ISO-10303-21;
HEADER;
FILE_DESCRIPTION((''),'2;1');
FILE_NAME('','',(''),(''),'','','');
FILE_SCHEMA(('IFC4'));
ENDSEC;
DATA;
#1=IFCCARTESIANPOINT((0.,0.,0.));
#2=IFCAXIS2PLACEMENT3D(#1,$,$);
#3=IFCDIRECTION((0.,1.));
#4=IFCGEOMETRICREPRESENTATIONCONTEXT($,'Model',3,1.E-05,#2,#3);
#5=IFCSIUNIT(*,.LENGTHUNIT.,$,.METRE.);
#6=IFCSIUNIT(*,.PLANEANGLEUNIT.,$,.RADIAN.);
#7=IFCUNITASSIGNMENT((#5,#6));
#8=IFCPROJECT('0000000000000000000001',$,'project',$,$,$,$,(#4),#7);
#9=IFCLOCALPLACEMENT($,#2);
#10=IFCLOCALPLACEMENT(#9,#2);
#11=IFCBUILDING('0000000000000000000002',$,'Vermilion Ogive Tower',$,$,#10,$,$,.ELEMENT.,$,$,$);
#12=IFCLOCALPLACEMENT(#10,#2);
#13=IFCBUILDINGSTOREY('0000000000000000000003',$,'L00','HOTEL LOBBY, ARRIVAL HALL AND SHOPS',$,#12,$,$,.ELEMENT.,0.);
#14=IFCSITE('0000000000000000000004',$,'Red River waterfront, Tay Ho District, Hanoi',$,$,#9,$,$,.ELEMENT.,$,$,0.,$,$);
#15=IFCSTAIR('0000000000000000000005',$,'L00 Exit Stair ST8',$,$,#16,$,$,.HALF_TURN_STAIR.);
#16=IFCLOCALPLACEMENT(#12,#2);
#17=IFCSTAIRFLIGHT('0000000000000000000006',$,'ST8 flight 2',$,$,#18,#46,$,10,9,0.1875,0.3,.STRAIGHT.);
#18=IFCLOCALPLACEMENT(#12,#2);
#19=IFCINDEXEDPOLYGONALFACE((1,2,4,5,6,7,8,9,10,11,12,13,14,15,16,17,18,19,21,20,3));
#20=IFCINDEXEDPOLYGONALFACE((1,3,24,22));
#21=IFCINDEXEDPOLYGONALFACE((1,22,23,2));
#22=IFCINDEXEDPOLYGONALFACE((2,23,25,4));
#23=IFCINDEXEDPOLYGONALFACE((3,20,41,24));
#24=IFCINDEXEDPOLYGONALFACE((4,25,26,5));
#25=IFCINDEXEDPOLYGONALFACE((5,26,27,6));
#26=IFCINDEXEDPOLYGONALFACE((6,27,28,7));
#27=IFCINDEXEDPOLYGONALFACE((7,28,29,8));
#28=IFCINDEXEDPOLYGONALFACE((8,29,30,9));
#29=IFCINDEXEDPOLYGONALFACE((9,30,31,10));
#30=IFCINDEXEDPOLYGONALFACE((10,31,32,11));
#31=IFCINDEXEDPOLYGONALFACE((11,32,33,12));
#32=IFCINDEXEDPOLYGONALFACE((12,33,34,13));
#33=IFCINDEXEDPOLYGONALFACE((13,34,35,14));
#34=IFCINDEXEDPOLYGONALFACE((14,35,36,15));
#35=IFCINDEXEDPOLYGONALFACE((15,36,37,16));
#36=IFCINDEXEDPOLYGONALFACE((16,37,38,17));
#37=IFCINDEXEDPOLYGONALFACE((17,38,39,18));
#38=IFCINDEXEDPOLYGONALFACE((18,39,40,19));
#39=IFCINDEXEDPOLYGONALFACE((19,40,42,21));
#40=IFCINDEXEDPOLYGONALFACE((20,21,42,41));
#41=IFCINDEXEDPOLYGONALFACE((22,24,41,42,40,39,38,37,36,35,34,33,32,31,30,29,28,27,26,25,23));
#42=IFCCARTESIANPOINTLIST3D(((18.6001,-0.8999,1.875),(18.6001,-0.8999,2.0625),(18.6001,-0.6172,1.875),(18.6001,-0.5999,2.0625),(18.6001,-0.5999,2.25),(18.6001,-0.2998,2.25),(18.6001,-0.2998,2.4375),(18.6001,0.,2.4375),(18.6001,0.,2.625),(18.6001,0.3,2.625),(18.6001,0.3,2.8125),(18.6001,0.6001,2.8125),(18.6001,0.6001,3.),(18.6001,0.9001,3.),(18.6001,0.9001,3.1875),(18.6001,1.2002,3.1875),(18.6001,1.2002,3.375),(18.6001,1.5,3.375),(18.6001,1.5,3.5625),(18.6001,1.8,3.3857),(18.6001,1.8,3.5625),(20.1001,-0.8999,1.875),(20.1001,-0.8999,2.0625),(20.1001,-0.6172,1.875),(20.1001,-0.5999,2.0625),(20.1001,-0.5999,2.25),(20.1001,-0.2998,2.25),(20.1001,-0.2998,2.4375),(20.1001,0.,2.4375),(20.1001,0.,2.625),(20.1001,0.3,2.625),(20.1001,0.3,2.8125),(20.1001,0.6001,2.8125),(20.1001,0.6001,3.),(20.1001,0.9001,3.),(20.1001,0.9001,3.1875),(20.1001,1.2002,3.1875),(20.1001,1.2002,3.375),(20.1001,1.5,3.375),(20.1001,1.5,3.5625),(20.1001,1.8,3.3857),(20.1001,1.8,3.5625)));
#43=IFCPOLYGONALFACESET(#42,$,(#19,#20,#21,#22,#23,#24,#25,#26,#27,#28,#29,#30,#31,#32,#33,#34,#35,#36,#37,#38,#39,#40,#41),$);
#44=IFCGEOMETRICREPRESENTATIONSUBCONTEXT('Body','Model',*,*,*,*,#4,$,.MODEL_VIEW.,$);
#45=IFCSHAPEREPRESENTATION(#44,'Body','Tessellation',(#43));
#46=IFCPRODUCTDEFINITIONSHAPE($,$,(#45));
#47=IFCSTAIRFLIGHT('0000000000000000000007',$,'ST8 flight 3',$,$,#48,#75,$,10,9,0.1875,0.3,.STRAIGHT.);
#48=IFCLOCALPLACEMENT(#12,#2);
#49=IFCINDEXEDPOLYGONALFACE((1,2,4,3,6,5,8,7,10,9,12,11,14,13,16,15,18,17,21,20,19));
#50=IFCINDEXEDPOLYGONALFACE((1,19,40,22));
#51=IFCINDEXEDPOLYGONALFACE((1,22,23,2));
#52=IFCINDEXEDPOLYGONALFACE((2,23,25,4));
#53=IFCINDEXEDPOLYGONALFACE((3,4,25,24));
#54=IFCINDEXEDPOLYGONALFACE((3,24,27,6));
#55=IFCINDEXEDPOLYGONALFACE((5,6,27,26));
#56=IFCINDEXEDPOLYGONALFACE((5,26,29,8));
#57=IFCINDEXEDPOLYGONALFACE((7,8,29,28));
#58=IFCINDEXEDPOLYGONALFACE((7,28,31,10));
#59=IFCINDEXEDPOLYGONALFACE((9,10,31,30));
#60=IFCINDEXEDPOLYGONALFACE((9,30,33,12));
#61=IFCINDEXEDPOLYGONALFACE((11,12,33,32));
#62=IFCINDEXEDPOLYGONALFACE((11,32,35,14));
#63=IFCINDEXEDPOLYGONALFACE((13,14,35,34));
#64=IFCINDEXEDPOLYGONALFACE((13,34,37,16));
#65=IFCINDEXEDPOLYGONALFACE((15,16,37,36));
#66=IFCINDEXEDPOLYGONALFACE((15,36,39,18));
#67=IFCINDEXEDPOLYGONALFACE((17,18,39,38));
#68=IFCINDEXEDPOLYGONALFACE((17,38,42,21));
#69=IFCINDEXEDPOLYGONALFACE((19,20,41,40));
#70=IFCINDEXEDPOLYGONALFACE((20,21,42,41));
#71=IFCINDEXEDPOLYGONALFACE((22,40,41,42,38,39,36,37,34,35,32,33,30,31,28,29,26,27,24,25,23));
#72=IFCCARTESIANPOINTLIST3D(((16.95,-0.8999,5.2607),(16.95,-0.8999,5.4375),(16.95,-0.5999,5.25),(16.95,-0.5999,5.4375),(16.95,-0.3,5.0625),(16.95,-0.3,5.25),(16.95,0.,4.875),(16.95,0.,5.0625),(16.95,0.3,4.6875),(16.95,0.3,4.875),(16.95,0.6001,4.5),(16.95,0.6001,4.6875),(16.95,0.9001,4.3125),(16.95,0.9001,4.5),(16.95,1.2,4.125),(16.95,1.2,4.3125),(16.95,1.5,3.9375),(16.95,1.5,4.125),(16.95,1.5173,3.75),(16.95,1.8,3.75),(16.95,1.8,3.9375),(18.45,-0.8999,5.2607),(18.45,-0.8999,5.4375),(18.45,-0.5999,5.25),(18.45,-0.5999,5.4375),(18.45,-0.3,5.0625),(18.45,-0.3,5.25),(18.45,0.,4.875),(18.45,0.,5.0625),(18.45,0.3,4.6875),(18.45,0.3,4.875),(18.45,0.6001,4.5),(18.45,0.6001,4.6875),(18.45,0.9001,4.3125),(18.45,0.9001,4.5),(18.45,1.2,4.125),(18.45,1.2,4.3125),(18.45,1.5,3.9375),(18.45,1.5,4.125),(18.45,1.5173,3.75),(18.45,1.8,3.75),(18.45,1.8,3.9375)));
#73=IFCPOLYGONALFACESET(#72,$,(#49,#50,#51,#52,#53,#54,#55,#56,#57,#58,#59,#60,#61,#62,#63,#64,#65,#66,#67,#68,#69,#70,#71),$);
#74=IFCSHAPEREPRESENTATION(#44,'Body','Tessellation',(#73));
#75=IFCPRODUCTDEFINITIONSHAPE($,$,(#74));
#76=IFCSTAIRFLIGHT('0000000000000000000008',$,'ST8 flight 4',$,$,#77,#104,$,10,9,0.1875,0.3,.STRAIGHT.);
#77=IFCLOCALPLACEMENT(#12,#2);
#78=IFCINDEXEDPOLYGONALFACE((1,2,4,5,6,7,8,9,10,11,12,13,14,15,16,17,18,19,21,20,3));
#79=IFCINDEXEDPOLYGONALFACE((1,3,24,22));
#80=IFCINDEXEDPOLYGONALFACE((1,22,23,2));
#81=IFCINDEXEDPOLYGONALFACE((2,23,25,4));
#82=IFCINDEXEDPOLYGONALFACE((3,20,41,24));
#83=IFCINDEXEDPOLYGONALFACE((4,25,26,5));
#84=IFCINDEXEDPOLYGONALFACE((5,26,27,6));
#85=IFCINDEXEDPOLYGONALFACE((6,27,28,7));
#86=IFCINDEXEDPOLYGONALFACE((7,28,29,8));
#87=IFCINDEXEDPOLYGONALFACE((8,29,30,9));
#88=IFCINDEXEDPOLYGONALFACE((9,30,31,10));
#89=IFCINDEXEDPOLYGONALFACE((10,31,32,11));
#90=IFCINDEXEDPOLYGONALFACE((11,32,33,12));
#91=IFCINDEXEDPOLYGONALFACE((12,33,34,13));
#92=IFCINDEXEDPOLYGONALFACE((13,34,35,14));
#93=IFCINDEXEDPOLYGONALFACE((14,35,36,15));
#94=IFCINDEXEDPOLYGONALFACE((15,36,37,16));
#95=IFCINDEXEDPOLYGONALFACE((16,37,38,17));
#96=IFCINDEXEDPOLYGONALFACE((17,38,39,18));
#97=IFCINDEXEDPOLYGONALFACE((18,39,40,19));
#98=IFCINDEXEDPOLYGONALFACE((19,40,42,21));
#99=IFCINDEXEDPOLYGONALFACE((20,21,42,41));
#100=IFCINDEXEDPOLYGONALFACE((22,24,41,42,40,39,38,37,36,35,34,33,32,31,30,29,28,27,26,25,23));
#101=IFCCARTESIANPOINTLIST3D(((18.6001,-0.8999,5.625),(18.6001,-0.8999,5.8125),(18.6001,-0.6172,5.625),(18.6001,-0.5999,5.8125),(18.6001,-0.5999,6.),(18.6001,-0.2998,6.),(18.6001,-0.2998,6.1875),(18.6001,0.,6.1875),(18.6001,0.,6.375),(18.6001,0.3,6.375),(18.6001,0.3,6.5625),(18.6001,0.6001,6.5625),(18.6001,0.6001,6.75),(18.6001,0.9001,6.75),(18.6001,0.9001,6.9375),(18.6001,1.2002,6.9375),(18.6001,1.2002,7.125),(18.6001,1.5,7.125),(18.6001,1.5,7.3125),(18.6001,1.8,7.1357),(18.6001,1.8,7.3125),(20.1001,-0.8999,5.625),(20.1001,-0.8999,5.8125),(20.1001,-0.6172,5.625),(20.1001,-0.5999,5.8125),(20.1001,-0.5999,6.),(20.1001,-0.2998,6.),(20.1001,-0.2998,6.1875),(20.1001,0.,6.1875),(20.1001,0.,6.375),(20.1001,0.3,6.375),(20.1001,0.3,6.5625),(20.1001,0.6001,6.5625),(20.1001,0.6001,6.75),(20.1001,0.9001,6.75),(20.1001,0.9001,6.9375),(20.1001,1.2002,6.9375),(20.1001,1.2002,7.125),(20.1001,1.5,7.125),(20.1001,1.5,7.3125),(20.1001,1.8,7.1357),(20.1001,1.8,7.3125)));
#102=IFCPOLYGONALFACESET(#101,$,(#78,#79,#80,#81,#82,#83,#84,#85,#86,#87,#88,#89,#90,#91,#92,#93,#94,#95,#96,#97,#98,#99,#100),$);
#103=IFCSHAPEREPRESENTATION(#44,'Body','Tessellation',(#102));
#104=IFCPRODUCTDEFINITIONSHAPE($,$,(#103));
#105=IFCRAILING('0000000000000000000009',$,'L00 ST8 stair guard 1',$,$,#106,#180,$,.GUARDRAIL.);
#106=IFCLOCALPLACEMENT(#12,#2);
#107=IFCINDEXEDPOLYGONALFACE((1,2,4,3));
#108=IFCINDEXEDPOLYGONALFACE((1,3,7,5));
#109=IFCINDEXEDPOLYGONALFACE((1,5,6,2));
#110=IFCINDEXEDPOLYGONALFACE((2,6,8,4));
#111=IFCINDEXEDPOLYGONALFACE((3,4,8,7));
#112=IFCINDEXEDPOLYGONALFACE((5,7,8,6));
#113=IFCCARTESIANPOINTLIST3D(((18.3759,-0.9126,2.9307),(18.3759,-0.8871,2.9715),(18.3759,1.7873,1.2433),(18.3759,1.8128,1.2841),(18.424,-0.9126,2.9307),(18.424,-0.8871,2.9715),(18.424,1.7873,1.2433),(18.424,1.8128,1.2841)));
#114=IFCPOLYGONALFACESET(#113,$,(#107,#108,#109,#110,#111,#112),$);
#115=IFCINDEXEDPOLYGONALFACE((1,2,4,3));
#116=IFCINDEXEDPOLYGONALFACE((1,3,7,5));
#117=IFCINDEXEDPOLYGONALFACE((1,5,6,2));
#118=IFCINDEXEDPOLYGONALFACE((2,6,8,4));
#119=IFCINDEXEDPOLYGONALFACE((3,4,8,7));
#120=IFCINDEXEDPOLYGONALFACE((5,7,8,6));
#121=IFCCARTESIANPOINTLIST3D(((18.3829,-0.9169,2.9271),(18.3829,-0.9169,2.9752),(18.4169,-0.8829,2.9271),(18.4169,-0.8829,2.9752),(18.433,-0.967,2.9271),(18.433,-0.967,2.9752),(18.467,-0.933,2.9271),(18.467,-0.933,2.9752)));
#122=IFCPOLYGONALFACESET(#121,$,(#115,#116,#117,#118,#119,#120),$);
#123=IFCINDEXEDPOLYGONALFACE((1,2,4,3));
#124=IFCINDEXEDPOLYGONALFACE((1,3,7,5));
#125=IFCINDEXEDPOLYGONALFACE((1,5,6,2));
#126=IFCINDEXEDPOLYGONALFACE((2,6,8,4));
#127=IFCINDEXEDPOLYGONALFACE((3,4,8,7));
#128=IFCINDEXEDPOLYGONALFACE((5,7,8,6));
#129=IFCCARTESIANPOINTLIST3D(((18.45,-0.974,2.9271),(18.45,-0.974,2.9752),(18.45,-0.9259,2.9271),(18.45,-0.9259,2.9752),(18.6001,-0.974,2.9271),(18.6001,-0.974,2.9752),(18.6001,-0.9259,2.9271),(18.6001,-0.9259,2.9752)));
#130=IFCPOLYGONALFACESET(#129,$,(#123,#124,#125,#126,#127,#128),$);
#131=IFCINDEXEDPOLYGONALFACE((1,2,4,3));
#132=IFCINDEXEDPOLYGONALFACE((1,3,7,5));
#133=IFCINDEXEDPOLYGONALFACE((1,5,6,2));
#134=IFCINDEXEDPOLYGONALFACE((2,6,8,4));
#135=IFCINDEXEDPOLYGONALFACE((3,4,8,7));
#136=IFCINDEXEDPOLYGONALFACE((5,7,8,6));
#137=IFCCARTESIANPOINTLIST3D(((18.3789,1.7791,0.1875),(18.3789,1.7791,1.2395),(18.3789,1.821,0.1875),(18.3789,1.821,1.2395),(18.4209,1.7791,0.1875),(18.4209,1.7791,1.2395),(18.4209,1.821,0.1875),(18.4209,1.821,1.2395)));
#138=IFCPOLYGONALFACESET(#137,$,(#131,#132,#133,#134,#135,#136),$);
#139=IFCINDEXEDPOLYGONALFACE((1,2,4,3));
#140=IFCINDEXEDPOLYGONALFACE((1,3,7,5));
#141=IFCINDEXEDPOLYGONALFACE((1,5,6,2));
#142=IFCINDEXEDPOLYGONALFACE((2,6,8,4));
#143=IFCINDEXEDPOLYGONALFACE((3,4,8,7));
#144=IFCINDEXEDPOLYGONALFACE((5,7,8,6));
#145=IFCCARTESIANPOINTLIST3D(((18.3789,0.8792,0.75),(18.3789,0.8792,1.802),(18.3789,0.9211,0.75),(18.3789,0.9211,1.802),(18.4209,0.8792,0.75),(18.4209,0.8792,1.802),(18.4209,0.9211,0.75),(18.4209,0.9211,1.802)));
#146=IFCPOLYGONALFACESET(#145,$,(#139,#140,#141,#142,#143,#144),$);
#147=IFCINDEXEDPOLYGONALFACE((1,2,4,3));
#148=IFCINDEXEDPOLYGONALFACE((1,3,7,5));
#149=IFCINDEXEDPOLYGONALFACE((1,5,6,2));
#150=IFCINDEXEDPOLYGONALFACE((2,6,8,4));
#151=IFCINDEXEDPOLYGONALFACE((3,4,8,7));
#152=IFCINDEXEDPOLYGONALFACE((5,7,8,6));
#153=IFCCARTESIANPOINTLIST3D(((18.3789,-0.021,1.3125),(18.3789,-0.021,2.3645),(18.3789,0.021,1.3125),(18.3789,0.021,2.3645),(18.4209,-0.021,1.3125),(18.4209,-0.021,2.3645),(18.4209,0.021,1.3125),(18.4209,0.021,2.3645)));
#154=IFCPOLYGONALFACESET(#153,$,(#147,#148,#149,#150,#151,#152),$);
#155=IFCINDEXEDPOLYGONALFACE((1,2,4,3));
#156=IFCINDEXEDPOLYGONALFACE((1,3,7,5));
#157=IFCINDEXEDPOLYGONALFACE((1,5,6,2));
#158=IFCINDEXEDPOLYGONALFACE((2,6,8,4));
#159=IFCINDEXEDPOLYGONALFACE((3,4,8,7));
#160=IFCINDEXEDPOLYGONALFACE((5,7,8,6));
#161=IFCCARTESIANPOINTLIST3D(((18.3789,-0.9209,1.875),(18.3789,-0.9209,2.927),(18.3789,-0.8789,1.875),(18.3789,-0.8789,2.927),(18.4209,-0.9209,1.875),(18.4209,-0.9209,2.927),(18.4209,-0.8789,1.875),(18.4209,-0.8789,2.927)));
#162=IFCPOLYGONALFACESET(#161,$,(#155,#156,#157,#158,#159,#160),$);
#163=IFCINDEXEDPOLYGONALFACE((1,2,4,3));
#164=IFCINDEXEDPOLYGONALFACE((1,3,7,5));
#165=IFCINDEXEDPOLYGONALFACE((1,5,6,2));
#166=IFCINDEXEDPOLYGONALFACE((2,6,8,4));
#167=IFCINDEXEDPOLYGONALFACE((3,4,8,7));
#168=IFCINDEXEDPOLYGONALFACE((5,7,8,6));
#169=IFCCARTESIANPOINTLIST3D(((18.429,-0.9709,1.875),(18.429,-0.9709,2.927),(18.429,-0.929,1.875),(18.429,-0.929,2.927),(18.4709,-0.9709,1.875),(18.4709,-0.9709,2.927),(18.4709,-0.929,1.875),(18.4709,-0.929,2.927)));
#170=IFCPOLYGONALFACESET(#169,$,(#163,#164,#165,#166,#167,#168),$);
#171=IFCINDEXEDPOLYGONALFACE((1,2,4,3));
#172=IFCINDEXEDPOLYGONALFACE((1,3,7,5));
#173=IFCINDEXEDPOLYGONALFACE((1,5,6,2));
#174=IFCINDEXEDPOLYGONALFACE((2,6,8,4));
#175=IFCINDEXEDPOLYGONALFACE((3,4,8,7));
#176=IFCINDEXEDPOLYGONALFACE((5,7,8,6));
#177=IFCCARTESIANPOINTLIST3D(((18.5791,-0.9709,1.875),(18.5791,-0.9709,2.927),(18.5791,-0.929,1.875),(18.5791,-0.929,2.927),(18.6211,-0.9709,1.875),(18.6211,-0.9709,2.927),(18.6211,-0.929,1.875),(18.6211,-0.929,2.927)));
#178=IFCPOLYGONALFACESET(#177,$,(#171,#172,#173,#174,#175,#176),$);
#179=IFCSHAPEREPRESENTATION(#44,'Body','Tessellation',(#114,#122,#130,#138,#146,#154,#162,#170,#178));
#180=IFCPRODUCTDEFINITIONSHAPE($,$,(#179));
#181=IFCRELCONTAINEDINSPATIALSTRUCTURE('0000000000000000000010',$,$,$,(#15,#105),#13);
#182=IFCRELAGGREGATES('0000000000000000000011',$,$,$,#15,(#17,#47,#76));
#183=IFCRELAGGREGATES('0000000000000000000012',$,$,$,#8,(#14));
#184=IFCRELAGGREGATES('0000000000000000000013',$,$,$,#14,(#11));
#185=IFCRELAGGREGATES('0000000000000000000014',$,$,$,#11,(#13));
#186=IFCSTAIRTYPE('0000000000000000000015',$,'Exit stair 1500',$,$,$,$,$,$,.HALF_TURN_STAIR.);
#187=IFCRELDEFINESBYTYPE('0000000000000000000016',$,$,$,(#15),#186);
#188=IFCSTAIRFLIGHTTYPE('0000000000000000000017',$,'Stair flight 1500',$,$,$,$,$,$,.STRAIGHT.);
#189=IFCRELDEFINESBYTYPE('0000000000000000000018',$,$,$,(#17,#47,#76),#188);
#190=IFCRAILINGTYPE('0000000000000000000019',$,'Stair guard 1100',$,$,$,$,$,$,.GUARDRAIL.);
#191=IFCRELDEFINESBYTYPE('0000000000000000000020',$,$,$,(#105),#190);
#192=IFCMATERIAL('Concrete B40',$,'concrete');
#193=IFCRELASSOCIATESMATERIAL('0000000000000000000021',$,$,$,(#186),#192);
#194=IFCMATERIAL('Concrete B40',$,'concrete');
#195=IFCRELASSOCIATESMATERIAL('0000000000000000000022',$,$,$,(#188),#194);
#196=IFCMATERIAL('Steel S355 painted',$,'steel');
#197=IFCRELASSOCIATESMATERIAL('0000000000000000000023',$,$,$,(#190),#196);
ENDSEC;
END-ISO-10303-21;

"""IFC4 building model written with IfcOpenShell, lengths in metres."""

from ifc_helpers import new_model, si_unit, direction, frame, origin, origin_2d, place, context, subcontext, project, spatial, polyline, rectangle, outline, extrude, material, type_object, element, aggregate, save


model = new_model("IFC4")

# Units and contexts
model_context = context("Model", 3, precision=1e-05, world=origin(), true_north=direction((0.0, 1.0)))
body_context = subcontext(model_context, "Body", "Model", "MODEL_VIEW")
ifc_project = project(units=[si_unit("LENGTHUNIT", "METRE"), si_unit("PLANEANGLEUNIT", "RADIAN")], contexts=[model_context])

# Site, building, storey
site_placement = place(None, origin())
site = spatial("IfcSite", under=ifc_project, at=site_placement, Name="Red River waterfront, Tay Ho District, Hanoi", CompositionType="ELEMENT", RefElevation=0.0)
building_placement = place(site_placement, origin())
building = spatial("IfcBuilding", under=site, at=building_placement, Name="Vermilion Ogive Tower", CompositionType="ELEMENT")
storey_placement = place(building_placement, origin())
storey = spatial("IfcBuildingStorey", under=building, at=storey_placement, Name="L00", Description="HOTEL LOBBY, ARRIVAL HALL AND SHOPS", CompositionType="ELEMENT", Elevation=0.0)

# Stair, stair flights
ifc_material_1 = material(Name="Concrete B40", Category="concrete")
stair_type = type_object("IfcStairType", Name="Exit stair 1500", PredefinedType="HALF_TURN_STAIR", material=ifc_material_1)
stair_placement = place(storey_placement, origin())
stair = element("IfcStair", 1, at=stair_placement, inside=storey, type_object=stair_type, Name="L00 Exit Stair ST8", PredefinedType="HALF_TURN_STAIR")
ifc_material_2 = material(Name="Concrete B40", Category="concrete")
stair_flight_type = type_object("IfcStairFlightType", Name="Stair flight 1500", PredefinedType="STRAIGHT", material=ifc_material_2)
stair_flight_1_placement = place(storey_placement, frame((19.3501, -0.8999, 1.875), z_axis=(0.0, 0.0, 1.0), x_axis=(0.0, 1.0, 0.0)))
stair_flight_1 = element("IfcStairFlight", 2, at=stair_flight_1_placement, type_object=stair_flight_type, Name="ST8 flight 2", NumberOfRisers=10, NumberOfTreads=9, PredefinedType="STRAIGHT", RiserHeight=0.1875, TreadLength=0.3, context=body_context, shape_type="SweptSolid", body=[
    extrude(outline(polyline([(0.0, 0.0), (0.0, 0.1875), (0.3, 0.1875), (0.3, 0.375), (0.6001, 0.375), (0.6001, 0.5625), (0.8999, 0.5625), (0.8999, 0.75), (1.2, 0.75), (1.2, 0.9375), (1.5, 0.9375), (1.5, 1.125), (1.8, 1.125), (1.8, 1.3125), (2.1001, 1.3125), (2.1001, 1.5), (2.3999, 1.5), (2.3999, 1.6875), (2.7, 1.6875), (2.7, 1.875), (2.7, 1.5107), (0.2827, 0.0), (0.0, 0.0)])), frame((0.0, 0.75, 0.0), z_axis=(0.0, -1.0, 0.0), x_axis=(1.0, 0.0, 0.0)), (0.0, 0.0, 1.0), 1.5),
])
stair_flight_2_placement = place(storey_placement, frame((17.7, 1.8, 3.75), z_axis=(0.0, 0.0, 1.0), x_axis=(0.0, -1.0, 0.0)))
stair_flight_2 = element("IfcStairFlight", 3, at=stair_flight_2_placement, type_object=stair_flight_type, Name="ST8 flight 3", NumberOfRisers=10, NumberOfTreads=9, PredefinedType="STRAIGHT", RiserHeight=0.1875, TreadLength=0.3, context=body_context, shape_type="SweptSolid", body=[
    extrude(outline(polyline([(0.0, 0.0), (0.0, 0.1875), (0.3, 0.1875), (0.3, 0.375), (0.6001, 0.375), (0.6001, 0.5625), (0.8999, 0.5625), (0.8999, 0.75), (1.2, 0.75), (1.2, 0.9375), (1.5, 0.9375), (1.5, 1.125), (1.8, 1.125), (1.8, 1.3125), (2.1001, 1.3125), (2.1001, 1.5), (2.3999, 1.5), (2.3999, 1.6875), (2.7, 1.6875), (2.7, 1.875), (2.7, 1.5107), (0.2827, 0.0), (0.0, 0.0)])), frame((0.0, 0.75, 0.0), z_axis=(0.0, -1.0, 0.0), x_axis=(1.0, 0.0, 0.0)), (0.0, 0.0, 1.0), 1.5),
])
stair_flight_3_placement = place(storey_placement, frame((19.3501, -0.8999, 5.625), z_axis=(0.0, 0.0, 1.0), x_axis=(0.0, 1.0, 0.0)))
stair_flight_3 = element("IfcStairFlight", 4, at=stair_flight_3_placement, type_object=stair_flight_type, Name="ST8 flight 4", NumberOfRisers=10, NumberOfTreads=9, PredefinedType="STRAIGHT", RiserHeight=0.1875, TreadLength=0.3, context=body_context, shape_type="SweptSolid", body=[
    extrude(outline(polyline([(0.0, 0.0), (0.0, 0.1875), (0.3, 0.1875), (0.3, 0.375), (0.6001, 0.375), (0.6001, 0.5625), (0.8999, 0.5625), (0.8999, 0.75), (1.2, 0.75), (1.2, 0.9375), (1.5, 0.9375), (1.5, 1.125), (1.8, 1.125), (1.8, 1.3125), (2.1001, 1.3125), (2.1001, 1.5), (2.3999, 1.5), (2.3999, 1.6875), (2.7, 1.6875), (2.7, 1.875), (2.7, 1.5107), (0.2827, 0.0), (0.0, 0.0)])), frame((0.0, 0.75, 0.0), z_axis=(0.0, -1.0, 0.0), x_axis=(1.0, 0.0, 0.0)), (0.0, 0.0, 1.0), 1.5),
])
aggregate(stair, [stair_flight_1, stair_flight_2, stair_flight_3])

# Railing
ifc_material_3 = material(Name="Steel S355 painted", Category="steel")
railing_type_1 = type_object("IfcRailingType", Name="Stair guard 1100", PredefinedType="GUARDRAIL", material=ifc_material_3)
railing_1_placement = place(storey_placement, frame((18.3999, 1.8, 0.1875)))
element("IfcRailing", 5, at=railing_1_placement, inside=storey, type_object=railing_type_1, Name="L00 ST8 stair guard 1", PredefinedType="GUARDRAIL", context=body_context, shape_type="SweptSolid", body=[
    extrude(rectangle(XDim=0.0481, YDim=0.0481, at=origin_2d()), frame((0.0, 0.0, 1.0762), z_axis=(0.0, -0.847994, 0.530006), x_axis=(1.0, 0.0, 0.0)), (0.0, 0.0, 1.0), 3.1838),
    extrude(rectangle(XDim=0.0481, YDim=0.0481, at=origin_2d()), frame((0.0, -2.7, 2.7637), z_axis=(0.707107, -0.707107, 0.0), x_axis=(0.707107, 0.707107, 0.0)), (0.0, 0.0, 1.0), 0.0708),
    extrude(rectangle(XDim=0.0481, YDim=0.0481, at=origin_2d()), frame((0.05, -2.75, 2.7637), z_axis=(1.0, 0.0, 0.0), x_axis=(0.0, 1.0, 0.0)), (0.0, 0.0, 1.0), 0.1501),
    extrude(rectangle(XDim=0.042, YDim=0.042, at=origin_2d()), origin(), (0.0, 0.0, 1.0), 1.052),
    extrude(rectangle(XDim=0.042, YDim=0.042, at=origin_2d()), frame((0.0, -0.8999, 0.5625)), (0.0, 0.0, 1.0), 1.052),
    extrude(rectangle(XDim=0.042, YDim=0.042, at=origin_2d()), frame((0.0, -1.8, 1.125)), (0.0, 0.0, 1.0), 1.052),
    extrude(rectangle(XDim=0.042, YDim=0.042, at=origin_2d()), frame((0.0, -2.7, 1.6875)), (0.0, 0.0, 1.0), 1.052),
    extrude(rectangle(XDim=0.042, YDim=0.042, at=origin_2d()), frame((0.05, -2.75, 1.6875)), (0.0, 0.0, 1.0), 1.052),
    extrude(rectangle(XDim=0.042, YDim=0.042, at=origin_2d()), frame((0.2002, -2.75, 1.6875)), (0.0, 0.0, 1.0), 1.052),
])

save(model, "model.ifc")
